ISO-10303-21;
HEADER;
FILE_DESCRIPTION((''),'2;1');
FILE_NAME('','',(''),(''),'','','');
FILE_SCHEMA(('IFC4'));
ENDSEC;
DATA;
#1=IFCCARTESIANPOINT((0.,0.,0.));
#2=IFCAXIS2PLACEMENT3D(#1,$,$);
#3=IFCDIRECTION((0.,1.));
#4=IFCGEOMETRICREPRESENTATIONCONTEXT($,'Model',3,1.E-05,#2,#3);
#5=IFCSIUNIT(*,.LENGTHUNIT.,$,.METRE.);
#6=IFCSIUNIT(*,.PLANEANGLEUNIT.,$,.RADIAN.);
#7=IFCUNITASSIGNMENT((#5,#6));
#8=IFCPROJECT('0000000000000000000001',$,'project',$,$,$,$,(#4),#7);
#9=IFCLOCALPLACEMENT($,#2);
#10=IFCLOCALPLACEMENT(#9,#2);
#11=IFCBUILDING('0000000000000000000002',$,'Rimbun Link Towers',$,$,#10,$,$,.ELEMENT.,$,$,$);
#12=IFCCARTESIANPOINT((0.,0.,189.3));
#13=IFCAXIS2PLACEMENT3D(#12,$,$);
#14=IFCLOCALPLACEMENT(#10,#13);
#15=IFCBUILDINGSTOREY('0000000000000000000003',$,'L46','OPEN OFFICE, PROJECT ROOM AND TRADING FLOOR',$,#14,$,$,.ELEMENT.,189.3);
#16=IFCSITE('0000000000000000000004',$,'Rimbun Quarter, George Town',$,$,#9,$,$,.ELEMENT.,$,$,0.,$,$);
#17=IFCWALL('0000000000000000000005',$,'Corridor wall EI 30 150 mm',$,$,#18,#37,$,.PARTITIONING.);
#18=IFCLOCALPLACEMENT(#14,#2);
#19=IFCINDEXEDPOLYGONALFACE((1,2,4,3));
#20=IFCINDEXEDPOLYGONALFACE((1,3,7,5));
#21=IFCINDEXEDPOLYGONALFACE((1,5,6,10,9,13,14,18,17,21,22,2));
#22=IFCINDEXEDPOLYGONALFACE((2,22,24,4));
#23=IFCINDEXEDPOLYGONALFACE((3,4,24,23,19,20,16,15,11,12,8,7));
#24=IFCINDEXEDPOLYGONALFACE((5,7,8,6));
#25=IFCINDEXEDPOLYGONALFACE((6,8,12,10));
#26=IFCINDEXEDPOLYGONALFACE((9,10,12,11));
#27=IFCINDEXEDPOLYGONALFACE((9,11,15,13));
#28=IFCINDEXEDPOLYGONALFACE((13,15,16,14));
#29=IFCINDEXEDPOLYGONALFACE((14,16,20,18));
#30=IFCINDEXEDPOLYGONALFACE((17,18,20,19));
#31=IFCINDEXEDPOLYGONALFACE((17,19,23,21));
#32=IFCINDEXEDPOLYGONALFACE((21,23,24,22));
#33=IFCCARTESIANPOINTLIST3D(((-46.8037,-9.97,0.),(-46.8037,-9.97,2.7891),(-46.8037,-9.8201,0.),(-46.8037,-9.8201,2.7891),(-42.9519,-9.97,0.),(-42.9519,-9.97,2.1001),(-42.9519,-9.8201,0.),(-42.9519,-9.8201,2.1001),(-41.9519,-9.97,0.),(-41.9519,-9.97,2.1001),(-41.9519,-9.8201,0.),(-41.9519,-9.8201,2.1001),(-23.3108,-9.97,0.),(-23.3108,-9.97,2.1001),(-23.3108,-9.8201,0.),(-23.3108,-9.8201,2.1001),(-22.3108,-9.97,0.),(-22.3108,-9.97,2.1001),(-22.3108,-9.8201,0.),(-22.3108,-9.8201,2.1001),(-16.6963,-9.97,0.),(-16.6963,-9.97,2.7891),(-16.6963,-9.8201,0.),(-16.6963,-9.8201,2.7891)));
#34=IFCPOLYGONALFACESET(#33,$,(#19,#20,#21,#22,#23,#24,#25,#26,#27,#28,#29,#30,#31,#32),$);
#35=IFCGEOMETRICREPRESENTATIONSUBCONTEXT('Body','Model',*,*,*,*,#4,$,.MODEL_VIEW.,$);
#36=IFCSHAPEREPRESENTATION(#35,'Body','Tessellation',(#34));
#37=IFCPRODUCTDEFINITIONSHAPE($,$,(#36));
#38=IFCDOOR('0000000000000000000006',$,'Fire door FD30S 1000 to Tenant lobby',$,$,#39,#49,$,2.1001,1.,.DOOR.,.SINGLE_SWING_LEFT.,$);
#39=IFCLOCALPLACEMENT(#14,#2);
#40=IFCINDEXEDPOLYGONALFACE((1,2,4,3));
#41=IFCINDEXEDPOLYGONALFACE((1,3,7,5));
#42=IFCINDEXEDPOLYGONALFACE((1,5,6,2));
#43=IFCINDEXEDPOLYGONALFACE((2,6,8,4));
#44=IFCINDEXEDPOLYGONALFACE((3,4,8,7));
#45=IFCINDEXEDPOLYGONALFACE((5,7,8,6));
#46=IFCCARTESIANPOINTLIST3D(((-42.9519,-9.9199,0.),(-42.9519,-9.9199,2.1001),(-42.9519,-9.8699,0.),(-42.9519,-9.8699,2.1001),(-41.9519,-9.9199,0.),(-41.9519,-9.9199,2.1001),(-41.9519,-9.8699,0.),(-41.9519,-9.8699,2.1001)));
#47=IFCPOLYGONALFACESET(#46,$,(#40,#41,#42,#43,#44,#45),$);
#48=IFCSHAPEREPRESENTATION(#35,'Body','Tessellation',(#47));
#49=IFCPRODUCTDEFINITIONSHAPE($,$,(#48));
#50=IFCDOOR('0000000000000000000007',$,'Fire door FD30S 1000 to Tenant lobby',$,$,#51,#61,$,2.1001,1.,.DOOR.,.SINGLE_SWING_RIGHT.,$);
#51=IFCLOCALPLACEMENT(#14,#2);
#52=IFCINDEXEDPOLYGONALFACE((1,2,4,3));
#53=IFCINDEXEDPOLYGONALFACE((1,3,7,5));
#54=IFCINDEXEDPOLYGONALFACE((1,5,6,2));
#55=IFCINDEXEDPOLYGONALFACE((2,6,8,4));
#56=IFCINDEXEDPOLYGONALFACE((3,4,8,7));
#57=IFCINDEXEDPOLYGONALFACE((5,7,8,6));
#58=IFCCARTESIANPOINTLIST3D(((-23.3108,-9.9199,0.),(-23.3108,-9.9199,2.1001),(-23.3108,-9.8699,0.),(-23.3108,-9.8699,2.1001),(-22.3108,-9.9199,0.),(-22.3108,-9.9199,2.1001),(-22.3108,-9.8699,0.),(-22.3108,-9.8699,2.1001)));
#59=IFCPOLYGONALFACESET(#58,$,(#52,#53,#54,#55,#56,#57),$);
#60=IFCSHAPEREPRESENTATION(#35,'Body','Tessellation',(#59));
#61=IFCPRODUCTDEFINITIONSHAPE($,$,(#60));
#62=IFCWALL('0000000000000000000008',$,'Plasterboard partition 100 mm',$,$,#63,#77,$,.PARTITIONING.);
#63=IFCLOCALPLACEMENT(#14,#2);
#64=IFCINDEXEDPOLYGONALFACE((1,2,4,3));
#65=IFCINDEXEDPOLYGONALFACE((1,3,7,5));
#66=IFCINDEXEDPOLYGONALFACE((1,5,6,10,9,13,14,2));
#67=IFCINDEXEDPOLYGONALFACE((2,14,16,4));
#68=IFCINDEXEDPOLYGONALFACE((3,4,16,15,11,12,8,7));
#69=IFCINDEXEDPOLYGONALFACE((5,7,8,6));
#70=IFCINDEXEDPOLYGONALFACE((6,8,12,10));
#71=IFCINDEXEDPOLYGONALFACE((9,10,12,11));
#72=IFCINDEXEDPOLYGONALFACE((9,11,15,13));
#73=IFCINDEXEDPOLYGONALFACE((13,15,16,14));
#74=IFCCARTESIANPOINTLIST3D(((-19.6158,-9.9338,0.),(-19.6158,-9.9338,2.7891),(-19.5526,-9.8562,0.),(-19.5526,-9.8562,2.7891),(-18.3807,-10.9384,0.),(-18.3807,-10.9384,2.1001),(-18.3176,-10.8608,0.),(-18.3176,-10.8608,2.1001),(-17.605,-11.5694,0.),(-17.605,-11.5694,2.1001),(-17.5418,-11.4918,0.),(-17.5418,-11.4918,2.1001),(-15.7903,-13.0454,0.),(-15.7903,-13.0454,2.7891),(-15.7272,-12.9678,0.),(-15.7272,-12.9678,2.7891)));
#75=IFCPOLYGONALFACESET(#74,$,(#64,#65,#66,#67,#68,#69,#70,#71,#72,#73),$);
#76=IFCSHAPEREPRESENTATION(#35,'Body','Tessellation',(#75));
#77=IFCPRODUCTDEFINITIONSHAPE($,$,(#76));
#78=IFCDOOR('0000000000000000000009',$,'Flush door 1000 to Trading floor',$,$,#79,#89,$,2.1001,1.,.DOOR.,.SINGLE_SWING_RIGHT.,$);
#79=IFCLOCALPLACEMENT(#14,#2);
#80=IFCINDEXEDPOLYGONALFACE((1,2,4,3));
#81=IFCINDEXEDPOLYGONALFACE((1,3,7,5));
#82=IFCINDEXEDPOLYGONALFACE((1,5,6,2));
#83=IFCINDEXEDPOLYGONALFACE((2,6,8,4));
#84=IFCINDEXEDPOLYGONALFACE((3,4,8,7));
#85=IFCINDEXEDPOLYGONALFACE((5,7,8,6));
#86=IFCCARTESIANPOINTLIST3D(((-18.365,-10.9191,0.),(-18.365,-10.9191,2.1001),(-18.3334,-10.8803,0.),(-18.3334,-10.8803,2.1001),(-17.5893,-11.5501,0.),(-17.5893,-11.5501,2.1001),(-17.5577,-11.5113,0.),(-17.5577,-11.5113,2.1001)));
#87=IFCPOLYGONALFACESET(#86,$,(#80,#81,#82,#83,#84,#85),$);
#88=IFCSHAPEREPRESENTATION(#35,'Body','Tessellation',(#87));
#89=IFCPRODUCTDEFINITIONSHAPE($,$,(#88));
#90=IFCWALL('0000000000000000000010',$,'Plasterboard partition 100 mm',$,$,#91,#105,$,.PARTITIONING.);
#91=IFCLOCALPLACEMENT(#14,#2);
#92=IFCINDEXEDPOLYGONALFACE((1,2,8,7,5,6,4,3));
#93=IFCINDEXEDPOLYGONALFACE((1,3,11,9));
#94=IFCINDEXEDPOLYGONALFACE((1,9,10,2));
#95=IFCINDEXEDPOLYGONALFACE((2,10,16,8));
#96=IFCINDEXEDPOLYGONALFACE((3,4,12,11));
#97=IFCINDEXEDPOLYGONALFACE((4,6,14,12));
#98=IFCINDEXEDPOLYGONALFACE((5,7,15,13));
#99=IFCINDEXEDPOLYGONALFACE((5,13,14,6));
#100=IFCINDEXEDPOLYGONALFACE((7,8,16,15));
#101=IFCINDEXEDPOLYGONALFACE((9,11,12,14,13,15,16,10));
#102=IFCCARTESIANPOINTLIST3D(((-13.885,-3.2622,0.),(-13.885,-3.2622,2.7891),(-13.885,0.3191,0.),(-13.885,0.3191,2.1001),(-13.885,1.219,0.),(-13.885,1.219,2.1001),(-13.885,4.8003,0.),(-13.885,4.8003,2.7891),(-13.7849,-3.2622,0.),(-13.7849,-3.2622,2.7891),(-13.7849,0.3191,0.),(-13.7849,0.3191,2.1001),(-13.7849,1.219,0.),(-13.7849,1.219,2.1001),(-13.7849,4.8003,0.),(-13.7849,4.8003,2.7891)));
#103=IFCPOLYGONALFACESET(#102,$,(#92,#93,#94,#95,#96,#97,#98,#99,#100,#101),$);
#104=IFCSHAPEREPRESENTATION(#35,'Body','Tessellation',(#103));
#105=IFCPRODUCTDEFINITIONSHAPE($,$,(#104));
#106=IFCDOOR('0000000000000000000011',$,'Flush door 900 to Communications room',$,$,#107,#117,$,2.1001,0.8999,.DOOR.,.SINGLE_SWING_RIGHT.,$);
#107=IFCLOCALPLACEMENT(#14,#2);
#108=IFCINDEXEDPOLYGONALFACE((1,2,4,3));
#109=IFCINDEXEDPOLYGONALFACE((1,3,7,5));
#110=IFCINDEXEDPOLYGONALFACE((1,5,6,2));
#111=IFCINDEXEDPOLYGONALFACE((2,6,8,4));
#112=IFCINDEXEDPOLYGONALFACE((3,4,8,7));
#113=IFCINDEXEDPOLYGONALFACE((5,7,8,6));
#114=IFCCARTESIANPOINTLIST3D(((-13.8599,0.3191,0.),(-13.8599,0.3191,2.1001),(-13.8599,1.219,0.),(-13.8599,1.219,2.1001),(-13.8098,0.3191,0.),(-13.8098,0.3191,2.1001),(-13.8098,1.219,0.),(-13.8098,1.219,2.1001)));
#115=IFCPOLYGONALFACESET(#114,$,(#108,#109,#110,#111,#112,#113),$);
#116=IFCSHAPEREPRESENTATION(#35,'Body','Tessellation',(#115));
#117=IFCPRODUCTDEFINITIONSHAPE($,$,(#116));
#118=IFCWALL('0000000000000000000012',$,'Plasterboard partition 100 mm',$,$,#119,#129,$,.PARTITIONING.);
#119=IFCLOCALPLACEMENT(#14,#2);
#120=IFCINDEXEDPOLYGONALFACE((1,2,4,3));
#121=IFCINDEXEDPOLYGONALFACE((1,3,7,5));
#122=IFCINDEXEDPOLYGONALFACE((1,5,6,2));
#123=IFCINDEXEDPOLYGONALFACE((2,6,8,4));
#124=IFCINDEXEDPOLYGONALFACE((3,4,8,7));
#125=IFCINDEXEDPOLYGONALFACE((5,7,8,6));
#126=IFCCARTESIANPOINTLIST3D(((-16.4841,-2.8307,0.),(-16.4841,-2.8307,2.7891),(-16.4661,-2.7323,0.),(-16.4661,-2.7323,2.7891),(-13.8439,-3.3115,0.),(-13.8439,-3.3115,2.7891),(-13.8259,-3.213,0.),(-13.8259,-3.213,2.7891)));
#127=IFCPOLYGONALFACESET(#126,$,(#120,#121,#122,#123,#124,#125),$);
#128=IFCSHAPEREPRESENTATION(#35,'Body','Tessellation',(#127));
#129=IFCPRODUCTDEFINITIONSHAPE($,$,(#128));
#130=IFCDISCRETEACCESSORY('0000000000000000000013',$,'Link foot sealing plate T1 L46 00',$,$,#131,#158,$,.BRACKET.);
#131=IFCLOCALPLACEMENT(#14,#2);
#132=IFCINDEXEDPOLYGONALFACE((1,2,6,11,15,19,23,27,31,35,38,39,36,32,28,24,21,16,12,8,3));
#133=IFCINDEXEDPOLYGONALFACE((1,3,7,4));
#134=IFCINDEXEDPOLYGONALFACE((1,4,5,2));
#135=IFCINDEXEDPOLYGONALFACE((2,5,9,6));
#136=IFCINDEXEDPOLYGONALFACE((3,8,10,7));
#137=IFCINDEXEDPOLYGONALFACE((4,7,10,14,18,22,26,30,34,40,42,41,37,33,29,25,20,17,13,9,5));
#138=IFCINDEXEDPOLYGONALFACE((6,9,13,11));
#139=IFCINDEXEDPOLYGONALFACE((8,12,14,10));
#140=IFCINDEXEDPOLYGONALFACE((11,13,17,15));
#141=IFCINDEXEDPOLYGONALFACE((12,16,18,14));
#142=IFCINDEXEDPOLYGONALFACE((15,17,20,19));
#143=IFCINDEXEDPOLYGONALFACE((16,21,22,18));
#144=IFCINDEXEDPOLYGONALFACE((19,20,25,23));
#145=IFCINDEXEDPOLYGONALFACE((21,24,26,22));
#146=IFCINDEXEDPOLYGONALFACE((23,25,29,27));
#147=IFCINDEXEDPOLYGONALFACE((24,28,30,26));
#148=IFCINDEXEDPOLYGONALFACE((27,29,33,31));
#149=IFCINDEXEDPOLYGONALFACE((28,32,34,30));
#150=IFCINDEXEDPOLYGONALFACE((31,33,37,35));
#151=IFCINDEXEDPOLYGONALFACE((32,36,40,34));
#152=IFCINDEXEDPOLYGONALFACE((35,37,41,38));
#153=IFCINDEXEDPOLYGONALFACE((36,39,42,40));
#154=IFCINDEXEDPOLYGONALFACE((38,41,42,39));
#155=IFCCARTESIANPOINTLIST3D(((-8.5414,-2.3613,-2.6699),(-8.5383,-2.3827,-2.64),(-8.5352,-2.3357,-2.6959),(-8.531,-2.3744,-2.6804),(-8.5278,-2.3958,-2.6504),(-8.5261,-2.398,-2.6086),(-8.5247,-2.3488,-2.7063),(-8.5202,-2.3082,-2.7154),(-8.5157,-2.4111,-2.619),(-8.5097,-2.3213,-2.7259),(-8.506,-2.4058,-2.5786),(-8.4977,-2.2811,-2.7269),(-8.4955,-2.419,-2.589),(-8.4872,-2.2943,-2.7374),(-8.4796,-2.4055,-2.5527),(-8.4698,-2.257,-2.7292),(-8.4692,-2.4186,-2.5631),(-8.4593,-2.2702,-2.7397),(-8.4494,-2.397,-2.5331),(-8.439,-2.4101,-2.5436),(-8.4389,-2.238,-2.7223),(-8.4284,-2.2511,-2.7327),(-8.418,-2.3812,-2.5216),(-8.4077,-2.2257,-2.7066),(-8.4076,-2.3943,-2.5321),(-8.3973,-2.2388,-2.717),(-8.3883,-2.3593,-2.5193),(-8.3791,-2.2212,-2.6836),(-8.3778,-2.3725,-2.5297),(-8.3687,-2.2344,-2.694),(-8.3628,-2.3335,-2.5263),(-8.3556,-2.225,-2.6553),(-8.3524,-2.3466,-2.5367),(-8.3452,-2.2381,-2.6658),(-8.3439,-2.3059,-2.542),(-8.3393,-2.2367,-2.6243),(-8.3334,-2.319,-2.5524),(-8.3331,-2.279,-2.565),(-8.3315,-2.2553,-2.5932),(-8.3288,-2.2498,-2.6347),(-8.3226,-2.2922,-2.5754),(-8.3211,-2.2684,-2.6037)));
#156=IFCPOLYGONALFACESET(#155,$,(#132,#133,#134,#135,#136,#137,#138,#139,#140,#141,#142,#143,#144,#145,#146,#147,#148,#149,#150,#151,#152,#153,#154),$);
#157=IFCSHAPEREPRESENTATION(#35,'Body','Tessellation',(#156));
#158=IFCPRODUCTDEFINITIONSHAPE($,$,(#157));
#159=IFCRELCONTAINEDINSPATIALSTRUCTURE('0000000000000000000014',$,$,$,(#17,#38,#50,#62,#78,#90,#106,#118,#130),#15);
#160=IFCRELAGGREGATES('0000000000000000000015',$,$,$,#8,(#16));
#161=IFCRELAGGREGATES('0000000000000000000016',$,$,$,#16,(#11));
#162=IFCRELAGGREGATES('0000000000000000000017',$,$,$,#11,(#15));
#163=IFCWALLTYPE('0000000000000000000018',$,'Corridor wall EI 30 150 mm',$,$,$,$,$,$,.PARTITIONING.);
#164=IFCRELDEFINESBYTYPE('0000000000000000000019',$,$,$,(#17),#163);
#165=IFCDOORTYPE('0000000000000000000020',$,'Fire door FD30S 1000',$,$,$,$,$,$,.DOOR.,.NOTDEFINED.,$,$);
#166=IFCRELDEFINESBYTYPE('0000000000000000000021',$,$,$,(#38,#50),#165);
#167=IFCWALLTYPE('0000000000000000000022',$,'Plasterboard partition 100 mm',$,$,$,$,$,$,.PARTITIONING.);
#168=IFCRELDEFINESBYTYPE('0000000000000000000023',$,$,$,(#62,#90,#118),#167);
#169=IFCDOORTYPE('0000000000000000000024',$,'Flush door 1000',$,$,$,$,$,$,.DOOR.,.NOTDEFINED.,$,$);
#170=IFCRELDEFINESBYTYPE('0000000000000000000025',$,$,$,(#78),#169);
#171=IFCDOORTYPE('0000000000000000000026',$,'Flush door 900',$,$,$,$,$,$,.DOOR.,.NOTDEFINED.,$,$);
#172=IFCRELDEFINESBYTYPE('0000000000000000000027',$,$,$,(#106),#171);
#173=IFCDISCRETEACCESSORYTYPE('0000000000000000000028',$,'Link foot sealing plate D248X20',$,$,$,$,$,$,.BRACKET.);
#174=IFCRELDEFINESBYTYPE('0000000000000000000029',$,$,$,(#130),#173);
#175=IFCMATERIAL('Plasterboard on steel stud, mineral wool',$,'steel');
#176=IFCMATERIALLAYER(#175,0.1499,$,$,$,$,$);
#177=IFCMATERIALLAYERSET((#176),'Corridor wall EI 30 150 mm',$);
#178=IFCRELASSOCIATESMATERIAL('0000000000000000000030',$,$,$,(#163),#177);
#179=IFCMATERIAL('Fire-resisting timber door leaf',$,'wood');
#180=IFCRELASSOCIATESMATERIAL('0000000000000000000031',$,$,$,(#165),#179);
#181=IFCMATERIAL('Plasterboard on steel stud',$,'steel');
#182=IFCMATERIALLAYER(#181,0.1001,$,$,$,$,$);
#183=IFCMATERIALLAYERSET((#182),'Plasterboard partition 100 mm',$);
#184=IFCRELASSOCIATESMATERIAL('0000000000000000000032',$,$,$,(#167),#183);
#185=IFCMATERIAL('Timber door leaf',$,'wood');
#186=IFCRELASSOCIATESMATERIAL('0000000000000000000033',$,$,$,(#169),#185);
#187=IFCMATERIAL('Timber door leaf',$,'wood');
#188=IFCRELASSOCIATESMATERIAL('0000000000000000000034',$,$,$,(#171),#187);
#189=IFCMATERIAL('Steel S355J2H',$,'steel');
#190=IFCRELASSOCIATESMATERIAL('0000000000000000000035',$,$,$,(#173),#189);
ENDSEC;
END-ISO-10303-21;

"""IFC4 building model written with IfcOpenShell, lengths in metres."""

from ifc_helpers import new_model, si_unit, direction, frame, frame_2d, origin, origin_2d, place, context, subcontext, project, spatial, rectangle, circle, extrude, material, layer, layer_set, material_profile, profile_set, type_object, element, fill, save


model = new_model("IFC4")

# Units and contexts
model_context = context("Model", 3, precision=1e-05, world=origin(), true_north=direction((0.0, 1.0)))
body_context = subcontext(model_context, "Body", "Model", "MODEL_VIEW")
ifc_project = project(units=[si_unit("LENGTHUNIT", "METRE"), si_unit("PLANEANGLEUNIT", "RADIAN")], contexts=[model_context])

# Site, building, storey
site_placement = place(None, origin())
site = spatial("IfcSite", under=ifc_project, at=site_placement, Name="Rimbun Quarter, George Town", CompositionType="ELEMENT", RefElevation=0.0)
building_placement = place(site_placement, origin())
building = spatial("IfcBuilding", under=site, at=building_placement, Name="Rimbun Link Towers", CompositionType="ELEMENT")
storey_placement = place(building_placement, frame((0.0, 0.0, 189.3)))
storey = spatial("IfcBuildingStorey", under=building, at=storey_placement, Name="L46", Description="OPEN OFFICE, PROJECT ROOM AND TRADING FLOOR", CompositionType="ELEMENT", Elevation=189.3)

# Shared definitions
ifc_material_1 = material(Name="Plasterboard on steel stud, mineral wool", Category="steel")
ifc_layer_1 = layer(ifc_material_1, 0.1499)
ifc_layer_set_1 = layer_set([ifc_layer_1], Name="Corridor wall EI 30 150 mm")
wall_type_1 = type_object("IfcWallType", Name="Corridor wall EI 30 150 mm", PredefinedType="PARTITIONING", material=ifc_layer_set_1)

# Wall, openings, doors
wall_1_placement = place(storey_placement, frame((-16.6963, -9.895, 0.0), z_axis=(0.0, 0.0, 1.0), x_axis=(-1.0, 0.0, 0.0)))
wall_1 = element("IfcWall", 1, at=wall_1_placement, inside=storey, type_object=wall_type_1, Name="Corridor wall EI 30 150 mm", PredefinedType="PARTITIONING", context=body_context, shape_type="SweptSolid", body=[
    extrude(rectangle(XDim=30.1074, YDim=0.1499, at=frame_2d((15.0537, 0.0))), origin(), (0.0, 0.0, 1.0), 2.7891),
])
opening_1_placement = place(wall_1_placement, frame((25.2556, 0.0, 0.0)))
opening_1 = element("IfcOpeningElement", 2, at=opening_1_placement, cuts=wall_1, PredefinedType="OPENING", context=body_context, shape_type="SweptSolid", body=[
    extrude(rectangle(XDim=1.0, YDim=2.1001, at=frame_2d((0.5, 1.05))), frame((0.0, 0.085, 0.0), z_axis=(0.0, -1.0, 0.0), x_axis=(1.0, 0.0, 0.0)), (0.0, 0.0, 1.0), 0.1699),
])
opening_2_placement = place(wall_1_placement, frame((5.6145, 0.0, 0.0)))
opening_2 = element("IfcOpeningElement", 3, at=opening_2_placement, cuts=wall_1, PredefinedType="OPENING", context=body_context, shape_type="SweptSolid", body=[
    extrude(rectangle(XDim=1.0, YDim=2.1001, at=frame_2d((0.5, 1.05))), frame((0.0, 0.085, 0.0), z_axis=(0.0, -1.0, 0.0), x_axis=(1.0, 0.0, 0.0)), (0.0, 0.0, 1.0), 0.1699),
])
ifc_material_2 = material(Name="Fire-resisting timber door leaf", Category="wood")
door_type_1 = type_object("IfcDoorType", Name="Fire door FD30S 1000", OperationType="NOTDEFINED", PredefinedType="DOOR", material=ifc_material_2)
door_1_placement = place(opening_1_placement, origin())
door_1 = element("IfcDoor", 4, at=door_1_placement, inside=storey, type_object=door_type_1, Name="Fire door FD30S 1000 to Tenant lobby", OperationType="SINGLE_SWING_LEFT", OverallHeight=2.1001, OverallWidth=1.0, PredefinedType="DOOR", context=body_context, shape_type="SweptSolid", body=[
    extrude(rectangle(XDim=1.0, YDim=2.1001, at=frame_2d((0.5, 1.05))), frame((0.0, 0.0249, 0.0), z_axis=(0.0, -1.0, 0.0), x_axis=(1.0, 0.0, 0.0)), (0.0, 0.0, 1.0), 0.05),
])
fill(opening_1, door_1)
door_2_placement = place(opening_2_placement, origin())
door_2 = element("IfcDoor", 5, at=door_2_placement, inside=storey, type_object=door_type_1, Name="Fire door FD30S 1000 to Tenant lobby", OperationType="SINGLE_SWING_RIGHT", OverallHeight=2.1001, OverallWidth=1.0, PredefinedType="DOOR", context=body_context, shape_type="SweptSolid", body=[
    extrude(rectangle(XDim=1.0, YDim=2.1001, at=frame_2d((0.5, 1.05))), frame((0.0, 0.0249, 0.0), z_axis=(0.0, -1.0, 0.0), x_axis=(1.0, 0.0, 0.0)), (0.0, 0.0, 1.0), 0.05),
])
fill(opening_2, door_2)

# Walls, openings, doors
ifc_material_3 = material(Name="Plasterboard on steel stud", Category="steel")
ifc_layer_2 = layer(ifc_material_3, 0.1001)
ifc_layer_set_2 = layer_set([ifc_layer_2], Name="Plasterboard partition 100 mm")
wall_type_2 = type_object("IfcWallType", Name="Plasterboard partition 100 mm", PredefinedType="PARTITIONING", material=ifc_layer_set_2)
wall_2_placement = place(storey_placement, frame((-19.5842, -9.895, 0.0), z_axis=(0.0, 0.0, 1.0), x_axis=(0.775776, -0.631008, 0.0)))
wall_2 = element("IfcWall", 6, at=wall_2_placement, inside=storey, type_object=wall_type_2, Name="Plasterboard partition 100 mm", PredefinedType="PARTITIONING", context=body_context, shape_type="SweptSolid", body=[
    extrude(rectangle(XDim=4.9312, YDim=0.1001, at=frame_2d((2.4656, 0.0))), origin(), (0.0, 0.0, 1.0), 2.7891),
])
opening_3_placement = place(wall_2_placement, frame((1.592, 0.0, 0.0)))
opening_3 = element("IfcOpeningElement", 7, at=opening_3_placement, cuts=wall_2, PredefinedType="OPENING", context=body_context, shape_type="SweptSolid", body=[
    extrude(rectangle(XDim=1.0, YDim=2.1001, at=frame_2d((0.5, 1.05))), frame((0.0, 0.0601, 0.0), z_axis=(0.0, -1.0, 0.0), x_axis=(1.0, 0.0, 0.0)), (0.0, 0.0, 1.0), 0.1201),
])
ifc_material_4 = material(Name="Timber door leaf", Category="wood")
door_type_2 = type_object("IfcDoorType", Name="Flush door 1000", OperationType="NOTDEFINED", PredefinedType="DOOR", material=ifc_material_4)
door_3_placement = place(opening_3_placement, origin())
door_3 = element("IfcDoor", 8, at=door_3_placement, inside=storey, type_object=door_type_2, Name="Flush door 1000 to Trading floor", OperationType="SINGLE_SWING_RIGHT", OverallHeight=2.1001, OverallWidth=1.0, PredefinedType="DOOR", context=body_context, shape_type="SweptSolid", body=[
    extrude(rectangle(XDim=1.0, YDim=2.1001, at=frame_2d((0.5, 1.05))), frame((0.0, 0.0249, 0.0), z_axis=(0.0, -1.0, 0.0), x_axis=(1.0, 0.0, 0.0)), (0.0, 0.0, 1.0), 0.05),
])
fill(opening_3, door_3)
wall_3_placement = place(storey_placement, frame((-13.835, -3.2622, 0.0), z_axis=(0.0, 0.0, 1.0), x_axis=(0.0, 1.0, 0.0)))
wall_3 = element("IfcWall", 9, at=wall_3_placement, inside=storey, type_object=wall_type_2, Name="Plasterboard partition 100 mm", PredefinedType="PARTITIONING", context=body_context, shape_type="SweptSolid", body=[
    extrude(rectangle(XDim=8.0625, YDim=0.1001, at=frame_2d((4.0312, 0.0))), origin(), (0.0, 0.0, 1.0), 2.7891),
])
opening_4_placement = place(wall_3_placement, frame((3.5813, 0.0, 0.0)))
opening_4 = element("IfcOpeningElement", 10, at=opening_4_placement, cuts=wall_3, PredefinedType="OPENING", context=body_context, shape_type="SweptSolid", body=[
    extrude(rectangle(XDim=0.8999, YDim=2.1001, at=frame_2d((0.45, 1.05))), frame((0.0, 0.0601, 0.0), z_axis=(0.0, -1.0, 0.0), x_axis=(1.0, 0.0, 0.0)), (0.0, 0.0, 1.0), 0.1201),
])
ifc_material_5 = material(Name="Timber door leaf", Category="wood")
door_type_3 = type_object("IfcDoorType", Name="Flush door 900", OperationType="NOTDEFINED", PredefinedType="DOOR", material=ifc_material_5)
door_4_placement = place(opening_4_placement, origin())
door_4 = element("IfcDoor", 11, at=door_4_placement, inside=storey, type_object=door_type_3, Name="Flush door 900 to Communications room", OperationType="SINGLE_SWING_RIGHT", OverallHeight=2.1001, OverallWidth=0.8999, PredefinedType="DOOR", context=body_context, shape_type="SweptSolid", body=[
    extrude(rectangle(XDim=0.8999, YDim=2.1001, at=frame_2d((0.45, 1.05))), frame((0.0, 0.0249, 0.0), z_axis=(0.0, -1.0, 0.0), x_axis=(1.0, 0.0, 0.0)), (0.0, 0.0, 1.0), 0.05),
])
fill(opening_4, door_4)

# Wall
wall_4_placement = place(storey_placement, frame((-16.4751, -2.7815, 0.0), z_axis=(0.0, 0.0, 1.0), x_axis=(0.983825, -0.179134, 0.0)))
element("IfcWall", 12, at=wall_4_placement, inside=storey, type_object=wall_type_2, Name="Plasterboard partition 100 mm", PredefinedType="PARTITIONING", context=body_context, shape_type="SweptSolid", body=[
    extrude(rectangle(XDim=2.6836, YDim=0.1001, at=frame_2d((1.3418, 0.0))), origin(), (0.0, 0.0, 1.0), 2.7891),
])

# Discrete accessory
ifc_material_6 = material(Name="Steel S355J2H", Category="steel")
ifc_material_profile_1 = material_profile(ifc_material_6, circle(Radius=0.124, at=origin_2d()), Name="PL D248")
ifc_profile_set_1 = profile_set([ifc_material_profile_1], Name="Steel S355J2H")
discrete_accessory_type_1 = type_object("IfcDiscreteAccessoryType", Name="Link foot sealing plate D248X20", PredefinedType="BRACKET", material=ifc_profile_set_1)
discrete_accessory_1_placement = place(storey_placement, frame((-8.4363, -2.314, -2.6243), z_axis=(0.528733, -0.66399, -0.528733), x_axis=(0.78228, 0.622927, 0.0)))
element("IfcDiscreteAccessory", 13, at=discrete_accessory_1_placement, inside=storey, type_object=discrete_accessory_type_1, Name="Link foot sealing plate T1 L46 00", PredefinedType="BRACKET", context=body_context, shape_type="SweptSolid", body=[
    extrude(circle(Radius=0.124, at=origin_2d()), origin(), (0.0, 0.0, 1.0), 0.0198),
])

save(model, "model.ifc")
